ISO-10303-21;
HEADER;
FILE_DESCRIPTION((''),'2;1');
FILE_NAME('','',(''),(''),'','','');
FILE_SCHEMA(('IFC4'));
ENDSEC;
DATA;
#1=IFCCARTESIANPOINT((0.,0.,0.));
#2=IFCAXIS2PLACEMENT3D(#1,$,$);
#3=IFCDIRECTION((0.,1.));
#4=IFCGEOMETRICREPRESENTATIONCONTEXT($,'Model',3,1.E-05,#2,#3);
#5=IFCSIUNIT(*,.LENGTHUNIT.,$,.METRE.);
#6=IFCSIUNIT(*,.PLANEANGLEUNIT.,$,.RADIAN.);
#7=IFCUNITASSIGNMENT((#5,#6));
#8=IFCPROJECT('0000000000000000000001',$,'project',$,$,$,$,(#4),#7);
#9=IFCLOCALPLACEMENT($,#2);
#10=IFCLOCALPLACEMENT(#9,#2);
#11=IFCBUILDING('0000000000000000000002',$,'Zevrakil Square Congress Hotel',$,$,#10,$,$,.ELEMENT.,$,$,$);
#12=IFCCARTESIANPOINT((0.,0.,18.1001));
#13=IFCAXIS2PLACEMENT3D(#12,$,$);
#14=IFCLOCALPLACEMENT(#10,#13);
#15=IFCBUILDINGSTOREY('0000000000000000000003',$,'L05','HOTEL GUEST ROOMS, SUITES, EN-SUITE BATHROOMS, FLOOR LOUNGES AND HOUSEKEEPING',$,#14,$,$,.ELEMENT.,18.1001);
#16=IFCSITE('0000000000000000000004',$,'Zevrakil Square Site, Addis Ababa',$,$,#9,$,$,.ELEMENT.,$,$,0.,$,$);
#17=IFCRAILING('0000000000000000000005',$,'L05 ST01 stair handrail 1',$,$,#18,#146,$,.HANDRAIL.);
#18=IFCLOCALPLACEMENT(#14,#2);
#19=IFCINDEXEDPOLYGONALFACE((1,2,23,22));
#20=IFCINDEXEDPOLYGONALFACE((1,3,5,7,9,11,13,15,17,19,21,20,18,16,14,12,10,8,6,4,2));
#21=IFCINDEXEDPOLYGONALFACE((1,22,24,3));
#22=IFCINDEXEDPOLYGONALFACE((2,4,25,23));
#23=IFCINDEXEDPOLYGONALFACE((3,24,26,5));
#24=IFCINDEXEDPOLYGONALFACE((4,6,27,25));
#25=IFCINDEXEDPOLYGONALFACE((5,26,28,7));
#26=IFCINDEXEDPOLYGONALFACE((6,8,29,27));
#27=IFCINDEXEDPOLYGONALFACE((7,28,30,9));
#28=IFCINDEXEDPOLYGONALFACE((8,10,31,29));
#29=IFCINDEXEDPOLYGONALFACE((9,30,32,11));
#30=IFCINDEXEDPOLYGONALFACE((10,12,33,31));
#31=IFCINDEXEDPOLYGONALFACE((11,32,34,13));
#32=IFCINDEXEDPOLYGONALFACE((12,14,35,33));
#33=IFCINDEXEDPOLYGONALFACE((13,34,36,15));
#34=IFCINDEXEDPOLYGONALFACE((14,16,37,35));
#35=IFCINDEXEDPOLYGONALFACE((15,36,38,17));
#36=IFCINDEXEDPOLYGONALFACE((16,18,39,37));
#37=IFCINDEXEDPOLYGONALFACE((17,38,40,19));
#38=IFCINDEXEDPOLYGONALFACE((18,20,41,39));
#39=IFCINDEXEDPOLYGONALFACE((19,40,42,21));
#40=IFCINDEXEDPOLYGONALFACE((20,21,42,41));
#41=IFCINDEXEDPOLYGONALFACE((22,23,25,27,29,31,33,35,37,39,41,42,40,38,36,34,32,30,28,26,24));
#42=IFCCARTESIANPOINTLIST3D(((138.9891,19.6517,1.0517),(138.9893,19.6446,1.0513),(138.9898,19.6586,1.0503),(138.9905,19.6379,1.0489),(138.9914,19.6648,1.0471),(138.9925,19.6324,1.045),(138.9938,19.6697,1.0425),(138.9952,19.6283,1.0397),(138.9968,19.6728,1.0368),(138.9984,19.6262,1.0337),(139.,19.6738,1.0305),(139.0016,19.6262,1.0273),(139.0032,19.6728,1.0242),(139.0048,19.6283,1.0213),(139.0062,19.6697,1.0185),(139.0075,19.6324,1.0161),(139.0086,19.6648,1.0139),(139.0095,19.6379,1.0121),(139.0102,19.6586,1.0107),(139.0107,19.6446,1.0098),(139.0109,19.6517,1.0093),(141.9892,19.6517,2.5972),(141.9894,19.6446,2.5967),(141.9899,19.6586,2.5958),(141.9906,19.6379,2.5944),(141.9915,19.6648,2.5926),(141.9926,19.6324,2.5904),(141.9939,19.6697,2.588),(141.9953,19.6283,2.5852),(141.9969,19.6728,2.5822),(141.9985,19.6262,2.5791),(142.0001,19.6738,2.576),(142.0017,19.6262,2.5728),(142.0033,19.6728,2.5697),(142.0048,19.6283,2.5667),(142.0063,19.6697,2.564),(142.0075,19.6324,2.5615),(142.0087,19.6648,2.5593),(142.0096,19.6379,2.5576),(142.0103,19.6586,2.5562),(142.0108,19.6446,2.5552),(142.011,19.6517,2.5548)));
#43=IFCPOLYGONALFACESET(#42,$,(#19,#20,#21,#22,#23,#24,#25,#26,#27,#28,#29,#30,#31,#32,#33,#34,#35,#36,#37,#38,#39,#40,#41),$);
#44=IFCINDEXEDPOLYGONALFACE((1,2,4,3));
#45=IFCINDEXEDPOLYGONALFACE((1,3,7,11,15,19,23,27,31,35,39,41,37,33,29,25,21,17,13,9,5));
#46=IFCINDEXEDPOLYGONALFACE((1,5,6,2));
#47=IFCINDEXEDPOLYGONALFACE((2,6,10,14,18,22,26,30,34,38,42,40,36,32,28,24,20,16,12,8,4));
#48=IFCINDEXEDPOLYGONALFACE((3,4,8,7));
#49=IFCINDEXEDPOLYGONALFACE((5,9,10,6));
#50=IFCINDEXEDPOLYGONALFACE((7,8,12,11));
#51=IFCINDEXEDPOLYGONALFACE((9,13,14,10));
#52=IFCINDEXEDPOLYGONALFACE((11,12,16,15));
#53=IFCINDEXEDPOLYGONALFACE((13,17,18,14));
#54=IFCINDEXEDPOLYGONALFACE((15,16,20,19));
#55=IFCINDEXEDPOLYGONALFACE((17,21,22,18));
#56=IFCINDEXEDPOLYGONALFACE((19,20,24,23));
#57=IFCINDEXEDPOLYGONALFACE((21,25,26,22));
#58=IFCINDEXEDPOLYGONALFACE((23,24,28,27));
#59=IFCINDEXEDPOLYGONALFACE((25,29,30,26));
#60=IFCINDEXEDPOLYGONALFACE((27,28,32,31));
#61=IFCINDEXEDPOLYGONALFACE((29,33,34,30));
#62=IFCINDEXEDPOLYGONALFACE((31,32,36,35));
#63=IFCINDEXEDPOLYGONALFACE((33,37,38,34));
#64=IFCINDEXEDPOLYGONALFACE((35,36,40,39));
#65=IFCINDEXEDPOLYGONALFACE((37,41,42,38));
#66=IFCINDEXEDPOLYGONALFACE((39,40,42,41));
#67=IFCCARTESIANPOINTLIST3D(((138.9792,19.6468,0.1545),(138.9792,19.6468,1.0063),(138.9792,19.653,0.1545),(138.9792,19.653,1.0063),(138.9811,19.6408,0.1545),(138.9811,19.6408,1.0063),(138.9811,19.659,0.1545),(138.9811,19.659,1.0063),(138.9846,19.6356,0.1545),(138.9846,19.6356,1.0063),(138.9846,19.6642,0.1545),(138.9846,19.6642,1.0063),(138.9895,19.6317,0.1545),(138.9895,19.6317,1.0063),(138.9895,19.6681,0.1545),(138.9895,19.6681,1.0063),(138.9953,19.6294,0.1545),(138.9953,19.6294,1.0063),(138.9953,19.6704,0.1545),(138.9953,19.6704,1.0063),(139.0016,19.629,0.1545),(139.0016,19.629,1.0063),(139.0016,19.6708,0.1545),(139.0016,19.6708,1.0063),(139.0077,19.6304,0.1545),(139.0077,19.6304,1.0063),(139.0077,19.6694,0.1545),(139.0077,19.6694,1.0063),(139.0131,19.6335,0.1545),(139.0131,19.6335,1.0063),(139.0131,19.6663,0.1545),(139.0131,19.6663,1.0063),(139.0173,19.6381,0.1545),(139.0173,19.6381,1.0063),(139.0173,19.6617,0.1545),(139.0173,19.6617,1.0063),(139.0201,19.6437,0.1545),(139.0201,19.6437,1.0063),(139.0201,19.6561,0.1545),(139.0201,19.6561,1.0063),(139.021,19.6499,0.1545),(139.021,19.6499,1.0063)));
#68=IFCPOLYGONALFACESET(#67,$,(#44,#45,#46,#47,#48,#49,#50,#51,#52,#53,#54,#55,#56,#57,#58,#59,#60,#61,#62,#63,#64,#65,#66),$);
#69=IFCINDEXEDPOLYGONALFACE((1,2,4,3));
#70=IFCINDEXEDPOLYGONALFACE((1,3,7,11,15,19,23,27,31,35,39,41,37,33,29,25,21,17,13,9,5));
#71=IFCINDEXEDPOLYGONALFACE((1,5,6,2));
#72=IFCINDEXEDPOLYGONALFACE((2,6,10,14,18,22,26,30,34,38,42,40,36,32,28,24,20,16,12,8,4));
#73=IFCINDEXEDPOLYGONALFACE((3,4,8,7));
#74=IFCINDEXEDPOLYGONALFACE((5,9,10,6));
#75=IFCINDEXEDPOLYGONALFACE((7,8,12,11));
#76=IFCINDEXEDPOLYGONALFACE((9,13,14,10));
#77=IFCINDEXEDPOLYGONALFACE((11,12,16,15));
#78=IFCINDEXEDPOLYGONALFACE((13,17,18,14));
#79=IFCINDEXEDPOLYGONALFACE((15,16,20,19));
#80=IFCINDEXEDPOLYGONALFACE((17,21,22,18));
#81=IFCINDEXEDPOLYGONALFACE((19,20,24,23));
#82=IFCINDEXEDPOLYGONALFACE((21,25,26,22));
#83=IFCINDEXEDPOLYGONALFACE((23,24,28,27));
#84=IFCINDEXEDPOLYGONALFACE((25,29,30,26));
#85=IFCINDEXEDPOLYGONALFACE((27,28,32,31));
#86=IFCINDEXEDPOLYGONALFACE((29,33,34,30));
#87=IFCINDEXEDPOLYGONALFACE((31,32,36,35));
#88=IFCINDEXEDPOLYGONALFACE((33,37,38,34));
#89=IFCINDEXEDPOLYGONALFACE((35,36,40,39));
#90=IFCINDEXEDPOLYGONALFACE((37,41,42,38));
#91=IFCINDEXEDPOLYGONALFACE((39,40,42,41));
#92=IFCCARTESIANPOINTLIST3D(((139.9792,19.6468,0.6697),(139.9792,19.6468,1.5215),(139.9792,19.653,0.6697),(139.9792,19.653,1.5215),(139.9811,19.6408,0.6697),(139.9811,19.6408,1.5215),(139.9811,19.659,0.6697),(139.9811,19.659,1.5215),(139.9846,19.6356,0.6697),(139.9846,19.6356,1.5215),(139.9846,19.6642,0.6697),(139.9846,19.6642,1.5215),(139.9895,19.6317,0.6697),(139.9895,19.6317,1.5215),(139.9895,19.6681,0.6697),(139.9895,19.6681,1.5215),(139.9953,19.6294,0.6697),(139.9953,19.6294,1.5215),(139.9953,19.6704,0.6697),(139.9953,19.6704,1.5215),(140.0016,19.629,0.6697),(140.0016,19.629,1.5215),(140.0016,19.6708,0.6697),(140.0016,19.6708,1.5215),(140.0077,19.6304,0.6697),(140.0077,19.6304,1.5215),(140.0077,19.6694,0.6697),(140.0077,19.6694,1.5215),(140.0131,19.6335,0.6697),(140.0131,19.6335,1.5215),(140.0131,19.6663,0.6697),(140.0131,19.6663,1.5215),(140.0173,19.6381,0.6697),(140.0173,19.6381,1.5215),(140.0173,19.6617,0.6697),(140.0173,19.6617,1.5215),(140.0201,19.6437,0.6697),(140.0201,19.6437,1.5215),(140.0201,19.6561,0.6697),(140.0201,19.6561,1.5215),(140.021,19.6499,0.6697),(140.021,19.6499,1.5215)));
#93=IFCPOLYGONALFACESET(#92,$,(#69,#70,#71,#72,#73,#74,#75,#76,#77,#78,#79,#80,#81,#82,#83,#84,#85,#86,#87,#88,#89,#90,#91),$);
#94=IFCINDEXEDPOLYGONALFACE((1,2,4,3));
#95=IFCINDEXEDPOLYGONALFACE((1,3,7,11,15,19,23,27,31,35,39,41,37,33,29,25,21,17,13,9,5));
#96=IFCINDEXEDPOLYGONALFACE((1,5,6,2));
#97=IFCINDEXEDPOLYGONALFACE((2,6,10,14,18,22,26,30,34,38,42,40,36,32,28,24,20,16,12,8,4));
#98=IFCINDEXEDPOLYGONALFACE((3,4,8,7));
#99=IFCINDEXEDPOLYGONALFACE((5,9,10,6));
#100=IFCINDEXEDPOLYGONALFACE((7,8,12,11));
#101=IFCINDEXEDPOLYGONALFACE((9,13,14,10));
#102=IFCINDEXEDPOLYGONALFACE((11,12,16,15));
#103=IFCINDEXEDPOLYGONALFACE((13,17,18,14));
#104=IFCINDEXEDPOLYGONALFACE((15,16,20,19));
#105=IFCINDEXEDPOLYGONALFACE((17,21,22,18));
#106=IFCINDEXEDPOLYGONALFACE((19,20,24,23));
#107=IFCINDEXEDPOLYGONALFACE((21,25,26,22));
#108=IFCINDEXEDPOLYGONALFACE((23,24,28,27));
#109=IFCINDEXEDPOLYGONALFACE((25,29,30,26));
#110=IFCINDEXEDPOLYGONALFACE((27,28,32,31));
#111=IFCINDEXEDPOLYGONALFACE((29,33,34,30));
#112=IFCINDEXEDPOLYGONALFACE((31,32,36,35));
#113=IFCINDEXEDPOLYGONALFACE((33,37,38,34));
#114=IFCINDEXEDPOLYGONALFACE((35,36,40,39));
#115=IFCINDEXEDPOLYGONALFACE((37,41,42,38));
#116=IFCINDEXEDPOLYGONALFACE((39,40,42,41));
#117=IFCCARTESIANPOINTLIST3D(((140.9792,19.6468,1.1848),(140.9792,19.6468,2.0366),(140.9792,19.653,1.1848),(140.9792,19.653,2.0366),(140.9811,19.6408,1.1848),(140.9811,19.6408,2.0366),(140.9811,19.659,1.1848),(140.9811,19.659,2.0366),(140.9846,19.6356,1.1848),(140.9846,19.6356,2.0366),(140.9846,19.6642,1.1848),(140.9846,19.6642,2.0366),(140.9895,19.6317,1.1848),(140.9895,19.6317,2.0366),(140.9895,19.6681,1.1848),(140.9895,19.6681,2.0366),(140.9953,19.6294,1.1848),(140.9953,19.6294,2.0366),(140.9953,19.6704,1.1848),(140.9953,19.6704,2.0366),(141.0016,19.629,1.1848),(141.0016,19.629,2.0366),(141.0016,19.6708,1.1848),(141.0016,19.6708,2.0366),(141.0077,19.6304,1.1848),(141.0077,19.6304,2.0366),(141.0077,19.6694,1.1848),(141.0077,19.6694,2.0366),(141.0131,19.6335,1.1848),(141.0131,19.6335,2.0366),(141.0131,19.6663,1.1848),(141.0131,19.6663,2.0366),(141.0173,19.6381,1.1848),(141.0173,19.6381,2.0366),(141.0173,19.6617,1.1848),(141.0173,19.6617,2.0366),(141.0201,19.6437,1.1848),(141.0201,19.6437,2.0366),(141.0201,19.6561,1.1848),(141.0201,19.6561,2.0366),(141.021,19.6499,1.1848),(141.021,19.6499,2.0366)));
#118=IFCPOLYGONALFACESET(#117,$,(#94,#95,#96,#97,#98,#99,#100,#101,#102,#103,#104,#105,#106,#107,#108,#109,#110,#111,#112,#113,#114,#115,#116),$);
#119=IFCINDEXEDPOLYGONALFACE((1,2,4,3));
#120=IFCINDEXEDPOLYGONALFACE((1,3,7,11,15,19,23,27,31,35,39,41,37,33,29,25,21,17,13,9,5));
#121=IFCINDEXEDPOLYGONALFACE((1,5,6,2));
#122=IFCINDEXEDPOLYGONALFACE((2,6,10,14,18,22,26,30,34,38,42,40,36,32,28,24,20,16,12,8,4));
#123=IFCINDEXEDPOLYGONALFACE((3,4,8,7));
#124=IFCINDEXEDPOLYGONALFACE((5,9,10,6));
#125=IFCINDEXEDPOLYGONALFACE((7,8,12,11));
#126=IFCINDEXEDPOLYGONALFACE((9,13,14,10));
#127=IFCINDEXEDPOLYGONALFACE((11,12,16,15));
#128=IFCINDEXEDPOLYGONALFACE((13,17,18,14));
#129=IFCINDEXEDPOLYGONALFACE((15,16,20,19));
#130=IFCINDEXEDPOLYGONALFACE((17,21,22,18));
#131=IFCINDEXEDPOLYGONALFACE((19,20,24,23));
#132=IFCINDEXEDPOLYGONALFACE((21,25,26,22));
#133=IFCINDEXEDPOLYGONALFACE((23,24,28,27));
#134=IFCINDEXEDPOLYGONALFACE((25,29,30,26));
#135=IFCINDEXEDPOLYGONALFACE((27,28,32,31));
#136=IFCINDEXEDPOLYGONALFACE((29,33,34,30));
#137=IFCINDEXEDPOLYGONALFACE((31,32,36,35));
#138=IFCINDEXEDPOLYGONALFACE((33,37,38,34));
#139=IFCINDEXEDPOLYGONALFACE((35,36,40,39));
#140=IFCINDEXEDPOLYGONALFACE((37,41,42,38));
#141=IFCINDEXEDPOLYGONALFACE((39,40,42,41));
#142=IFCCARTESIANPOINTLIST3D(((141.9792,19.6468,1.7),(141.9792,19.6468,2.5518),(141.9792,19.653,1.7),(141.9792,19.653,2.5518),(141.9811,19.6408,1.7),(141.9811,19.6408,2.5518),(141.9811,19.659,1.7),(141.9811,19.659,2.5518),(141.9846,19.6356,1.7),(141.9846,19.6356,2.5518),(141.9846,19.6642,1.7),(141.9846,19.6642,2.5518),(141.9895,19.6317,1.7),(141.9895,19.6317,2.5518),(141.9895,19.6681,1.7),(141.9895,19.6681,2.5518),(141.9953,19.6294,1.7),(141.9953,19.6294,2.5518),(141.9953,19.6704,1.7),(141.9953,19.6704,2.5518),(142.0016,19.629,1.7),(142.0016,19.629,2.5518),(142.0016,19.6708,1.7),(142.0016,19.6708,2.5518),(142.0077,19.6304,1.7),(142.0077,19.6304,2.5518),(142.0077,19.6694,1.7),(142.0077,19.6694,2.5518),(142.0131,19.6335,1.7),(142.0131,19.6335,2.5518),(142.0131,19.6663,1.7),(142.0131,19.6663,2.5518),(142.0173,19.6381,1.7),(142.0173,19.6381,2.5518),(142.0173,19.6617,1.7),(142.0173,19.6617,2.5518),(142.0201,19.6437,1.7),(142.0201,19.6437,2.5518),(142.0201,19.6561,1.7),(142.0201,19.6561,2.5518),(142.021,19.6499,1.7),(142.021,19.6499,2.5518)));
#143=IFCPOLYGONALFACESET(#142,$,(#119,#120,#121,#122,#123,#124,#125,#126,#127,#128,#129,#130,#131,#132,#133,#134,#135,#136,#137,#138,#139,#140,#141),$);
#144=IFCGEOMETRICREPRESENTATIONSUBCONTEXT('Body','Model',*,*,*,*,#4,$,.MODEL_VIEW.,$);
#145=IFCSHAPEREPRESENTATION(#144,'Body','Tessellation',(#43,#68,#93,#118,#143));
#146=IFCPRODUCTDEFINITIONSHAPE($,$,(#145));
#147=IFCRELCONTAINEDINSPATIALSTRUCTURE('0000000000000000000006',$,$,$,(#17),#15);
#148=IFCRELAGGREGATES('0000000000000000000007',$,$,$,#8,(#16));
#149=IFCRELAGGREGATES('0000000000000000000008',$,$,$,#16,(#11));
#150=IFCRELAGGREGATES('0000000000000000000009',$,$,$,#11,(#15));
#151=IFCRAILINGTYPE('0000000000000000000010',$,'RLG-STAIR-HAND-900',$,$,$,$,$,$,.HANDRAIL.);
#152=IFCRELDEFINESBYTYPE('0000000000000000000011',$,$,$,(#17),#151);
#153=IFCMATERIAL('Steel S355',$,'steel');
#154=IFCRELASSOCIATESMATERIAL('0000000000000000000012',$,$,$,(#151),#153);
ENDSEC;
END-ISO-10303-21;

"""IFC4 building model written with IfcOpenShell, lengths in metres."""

from ifc_helpers import new_model, si_unit, direction, frame, origin, origin_2d, place, context, subcontext, project, spatial, circle, extrude, material, type_object, element, save


model = new_model("IFC4")

# Units and contexts
model_context = context("Model", 3, precision=1e-05, world=origin(), true_north=direction((0.0, 1.0)))
body_context = subcontext(model_context, "Body", "Model", "MODEL_VIEW")
ifc_project = project(units=[si_unit("LENGTHUNIT", "METRE"), si_unit("PLANEANGLEUNIT", "RADIAN")], contexts=[model_context])

# Site, building, storey
site_placement = place(None, origin())
site = spatial("IfcSite", under=ifc_project, at=site_placement, Name="Zevrakil Square Site, Addis Ababa", CompositionType="ELEMENT", RefElevation=0.0)
building_placement = place(site_placement, origin())
building = spatial("IfcBuilding", under=site, at=building_placement, Name="Zevrakil Square Congress Hotel", CompositionType="ELEMENT")
storey_placement = place(building_placement, frame((0.0, 0.0, 18.1001)))
storey = spatial("IfcBuildingStorey", under=building, at=storey_placement, Name="L05", Description="HOTEL GUEST ROOMS, SUITES, EN-SUITE BATHROOMS, FLOOR LOUNGES AND HOUSEKEEPING", CompositionType="ELEMENT", Elevation=18.1001)

# Railing
ifc_material_1 = material(Name="Steel S355", Category="steel")
railing_type = type_object("IfcRailingType", Name="RLG-STAIR-HAND-900", PredefinedType="HANDRAIL", material=ifc_material_1)
railing_placement = place(storey_placement, frame((139.0, 19.6499, 0.1545)))
element("IfcRailing", 1, at=railing_placement, inside=storey, type_object=railing_type, Name="L05 ST01 stair handrail 1", PredefinedType="HANDRAIL", context=body_context, shape_type="SweptSolid", body=[
    extrude(circle(Radius=0.0239, at=origin_2d()), frame((0.0, 0.0, 0.876), z_axis=(0.88898, 0.0, 0.457946), x_axis=(0.0, 1.0, 0.0)), (0.0, 0.0, 1.0), 3.3748),
    extrude(circle(Radius=0.021, at=origin_2d()), origin(), (0.0, 0.0, 1.0), 0.8518),
    extrude(circle(Radius=0.021, at=origin_2d()), frame((1.0, 0.0, 0.5151)), (0.0, 0.0, 1.0), 0.8518),
    extrude(circle(Radius=0.021, at=origin_2d()), frame((2.0, 0.0, 1.0303)), (0.0, 0.0, 1.0), 0.8518),
    extrude(circle(Radius=0.021, at=origin_2d()), frame((3.0, 0.0, 1.5454)), (0.0, 0.0, 1.0), 0.8518),
])

save(model, "model.ifc")
